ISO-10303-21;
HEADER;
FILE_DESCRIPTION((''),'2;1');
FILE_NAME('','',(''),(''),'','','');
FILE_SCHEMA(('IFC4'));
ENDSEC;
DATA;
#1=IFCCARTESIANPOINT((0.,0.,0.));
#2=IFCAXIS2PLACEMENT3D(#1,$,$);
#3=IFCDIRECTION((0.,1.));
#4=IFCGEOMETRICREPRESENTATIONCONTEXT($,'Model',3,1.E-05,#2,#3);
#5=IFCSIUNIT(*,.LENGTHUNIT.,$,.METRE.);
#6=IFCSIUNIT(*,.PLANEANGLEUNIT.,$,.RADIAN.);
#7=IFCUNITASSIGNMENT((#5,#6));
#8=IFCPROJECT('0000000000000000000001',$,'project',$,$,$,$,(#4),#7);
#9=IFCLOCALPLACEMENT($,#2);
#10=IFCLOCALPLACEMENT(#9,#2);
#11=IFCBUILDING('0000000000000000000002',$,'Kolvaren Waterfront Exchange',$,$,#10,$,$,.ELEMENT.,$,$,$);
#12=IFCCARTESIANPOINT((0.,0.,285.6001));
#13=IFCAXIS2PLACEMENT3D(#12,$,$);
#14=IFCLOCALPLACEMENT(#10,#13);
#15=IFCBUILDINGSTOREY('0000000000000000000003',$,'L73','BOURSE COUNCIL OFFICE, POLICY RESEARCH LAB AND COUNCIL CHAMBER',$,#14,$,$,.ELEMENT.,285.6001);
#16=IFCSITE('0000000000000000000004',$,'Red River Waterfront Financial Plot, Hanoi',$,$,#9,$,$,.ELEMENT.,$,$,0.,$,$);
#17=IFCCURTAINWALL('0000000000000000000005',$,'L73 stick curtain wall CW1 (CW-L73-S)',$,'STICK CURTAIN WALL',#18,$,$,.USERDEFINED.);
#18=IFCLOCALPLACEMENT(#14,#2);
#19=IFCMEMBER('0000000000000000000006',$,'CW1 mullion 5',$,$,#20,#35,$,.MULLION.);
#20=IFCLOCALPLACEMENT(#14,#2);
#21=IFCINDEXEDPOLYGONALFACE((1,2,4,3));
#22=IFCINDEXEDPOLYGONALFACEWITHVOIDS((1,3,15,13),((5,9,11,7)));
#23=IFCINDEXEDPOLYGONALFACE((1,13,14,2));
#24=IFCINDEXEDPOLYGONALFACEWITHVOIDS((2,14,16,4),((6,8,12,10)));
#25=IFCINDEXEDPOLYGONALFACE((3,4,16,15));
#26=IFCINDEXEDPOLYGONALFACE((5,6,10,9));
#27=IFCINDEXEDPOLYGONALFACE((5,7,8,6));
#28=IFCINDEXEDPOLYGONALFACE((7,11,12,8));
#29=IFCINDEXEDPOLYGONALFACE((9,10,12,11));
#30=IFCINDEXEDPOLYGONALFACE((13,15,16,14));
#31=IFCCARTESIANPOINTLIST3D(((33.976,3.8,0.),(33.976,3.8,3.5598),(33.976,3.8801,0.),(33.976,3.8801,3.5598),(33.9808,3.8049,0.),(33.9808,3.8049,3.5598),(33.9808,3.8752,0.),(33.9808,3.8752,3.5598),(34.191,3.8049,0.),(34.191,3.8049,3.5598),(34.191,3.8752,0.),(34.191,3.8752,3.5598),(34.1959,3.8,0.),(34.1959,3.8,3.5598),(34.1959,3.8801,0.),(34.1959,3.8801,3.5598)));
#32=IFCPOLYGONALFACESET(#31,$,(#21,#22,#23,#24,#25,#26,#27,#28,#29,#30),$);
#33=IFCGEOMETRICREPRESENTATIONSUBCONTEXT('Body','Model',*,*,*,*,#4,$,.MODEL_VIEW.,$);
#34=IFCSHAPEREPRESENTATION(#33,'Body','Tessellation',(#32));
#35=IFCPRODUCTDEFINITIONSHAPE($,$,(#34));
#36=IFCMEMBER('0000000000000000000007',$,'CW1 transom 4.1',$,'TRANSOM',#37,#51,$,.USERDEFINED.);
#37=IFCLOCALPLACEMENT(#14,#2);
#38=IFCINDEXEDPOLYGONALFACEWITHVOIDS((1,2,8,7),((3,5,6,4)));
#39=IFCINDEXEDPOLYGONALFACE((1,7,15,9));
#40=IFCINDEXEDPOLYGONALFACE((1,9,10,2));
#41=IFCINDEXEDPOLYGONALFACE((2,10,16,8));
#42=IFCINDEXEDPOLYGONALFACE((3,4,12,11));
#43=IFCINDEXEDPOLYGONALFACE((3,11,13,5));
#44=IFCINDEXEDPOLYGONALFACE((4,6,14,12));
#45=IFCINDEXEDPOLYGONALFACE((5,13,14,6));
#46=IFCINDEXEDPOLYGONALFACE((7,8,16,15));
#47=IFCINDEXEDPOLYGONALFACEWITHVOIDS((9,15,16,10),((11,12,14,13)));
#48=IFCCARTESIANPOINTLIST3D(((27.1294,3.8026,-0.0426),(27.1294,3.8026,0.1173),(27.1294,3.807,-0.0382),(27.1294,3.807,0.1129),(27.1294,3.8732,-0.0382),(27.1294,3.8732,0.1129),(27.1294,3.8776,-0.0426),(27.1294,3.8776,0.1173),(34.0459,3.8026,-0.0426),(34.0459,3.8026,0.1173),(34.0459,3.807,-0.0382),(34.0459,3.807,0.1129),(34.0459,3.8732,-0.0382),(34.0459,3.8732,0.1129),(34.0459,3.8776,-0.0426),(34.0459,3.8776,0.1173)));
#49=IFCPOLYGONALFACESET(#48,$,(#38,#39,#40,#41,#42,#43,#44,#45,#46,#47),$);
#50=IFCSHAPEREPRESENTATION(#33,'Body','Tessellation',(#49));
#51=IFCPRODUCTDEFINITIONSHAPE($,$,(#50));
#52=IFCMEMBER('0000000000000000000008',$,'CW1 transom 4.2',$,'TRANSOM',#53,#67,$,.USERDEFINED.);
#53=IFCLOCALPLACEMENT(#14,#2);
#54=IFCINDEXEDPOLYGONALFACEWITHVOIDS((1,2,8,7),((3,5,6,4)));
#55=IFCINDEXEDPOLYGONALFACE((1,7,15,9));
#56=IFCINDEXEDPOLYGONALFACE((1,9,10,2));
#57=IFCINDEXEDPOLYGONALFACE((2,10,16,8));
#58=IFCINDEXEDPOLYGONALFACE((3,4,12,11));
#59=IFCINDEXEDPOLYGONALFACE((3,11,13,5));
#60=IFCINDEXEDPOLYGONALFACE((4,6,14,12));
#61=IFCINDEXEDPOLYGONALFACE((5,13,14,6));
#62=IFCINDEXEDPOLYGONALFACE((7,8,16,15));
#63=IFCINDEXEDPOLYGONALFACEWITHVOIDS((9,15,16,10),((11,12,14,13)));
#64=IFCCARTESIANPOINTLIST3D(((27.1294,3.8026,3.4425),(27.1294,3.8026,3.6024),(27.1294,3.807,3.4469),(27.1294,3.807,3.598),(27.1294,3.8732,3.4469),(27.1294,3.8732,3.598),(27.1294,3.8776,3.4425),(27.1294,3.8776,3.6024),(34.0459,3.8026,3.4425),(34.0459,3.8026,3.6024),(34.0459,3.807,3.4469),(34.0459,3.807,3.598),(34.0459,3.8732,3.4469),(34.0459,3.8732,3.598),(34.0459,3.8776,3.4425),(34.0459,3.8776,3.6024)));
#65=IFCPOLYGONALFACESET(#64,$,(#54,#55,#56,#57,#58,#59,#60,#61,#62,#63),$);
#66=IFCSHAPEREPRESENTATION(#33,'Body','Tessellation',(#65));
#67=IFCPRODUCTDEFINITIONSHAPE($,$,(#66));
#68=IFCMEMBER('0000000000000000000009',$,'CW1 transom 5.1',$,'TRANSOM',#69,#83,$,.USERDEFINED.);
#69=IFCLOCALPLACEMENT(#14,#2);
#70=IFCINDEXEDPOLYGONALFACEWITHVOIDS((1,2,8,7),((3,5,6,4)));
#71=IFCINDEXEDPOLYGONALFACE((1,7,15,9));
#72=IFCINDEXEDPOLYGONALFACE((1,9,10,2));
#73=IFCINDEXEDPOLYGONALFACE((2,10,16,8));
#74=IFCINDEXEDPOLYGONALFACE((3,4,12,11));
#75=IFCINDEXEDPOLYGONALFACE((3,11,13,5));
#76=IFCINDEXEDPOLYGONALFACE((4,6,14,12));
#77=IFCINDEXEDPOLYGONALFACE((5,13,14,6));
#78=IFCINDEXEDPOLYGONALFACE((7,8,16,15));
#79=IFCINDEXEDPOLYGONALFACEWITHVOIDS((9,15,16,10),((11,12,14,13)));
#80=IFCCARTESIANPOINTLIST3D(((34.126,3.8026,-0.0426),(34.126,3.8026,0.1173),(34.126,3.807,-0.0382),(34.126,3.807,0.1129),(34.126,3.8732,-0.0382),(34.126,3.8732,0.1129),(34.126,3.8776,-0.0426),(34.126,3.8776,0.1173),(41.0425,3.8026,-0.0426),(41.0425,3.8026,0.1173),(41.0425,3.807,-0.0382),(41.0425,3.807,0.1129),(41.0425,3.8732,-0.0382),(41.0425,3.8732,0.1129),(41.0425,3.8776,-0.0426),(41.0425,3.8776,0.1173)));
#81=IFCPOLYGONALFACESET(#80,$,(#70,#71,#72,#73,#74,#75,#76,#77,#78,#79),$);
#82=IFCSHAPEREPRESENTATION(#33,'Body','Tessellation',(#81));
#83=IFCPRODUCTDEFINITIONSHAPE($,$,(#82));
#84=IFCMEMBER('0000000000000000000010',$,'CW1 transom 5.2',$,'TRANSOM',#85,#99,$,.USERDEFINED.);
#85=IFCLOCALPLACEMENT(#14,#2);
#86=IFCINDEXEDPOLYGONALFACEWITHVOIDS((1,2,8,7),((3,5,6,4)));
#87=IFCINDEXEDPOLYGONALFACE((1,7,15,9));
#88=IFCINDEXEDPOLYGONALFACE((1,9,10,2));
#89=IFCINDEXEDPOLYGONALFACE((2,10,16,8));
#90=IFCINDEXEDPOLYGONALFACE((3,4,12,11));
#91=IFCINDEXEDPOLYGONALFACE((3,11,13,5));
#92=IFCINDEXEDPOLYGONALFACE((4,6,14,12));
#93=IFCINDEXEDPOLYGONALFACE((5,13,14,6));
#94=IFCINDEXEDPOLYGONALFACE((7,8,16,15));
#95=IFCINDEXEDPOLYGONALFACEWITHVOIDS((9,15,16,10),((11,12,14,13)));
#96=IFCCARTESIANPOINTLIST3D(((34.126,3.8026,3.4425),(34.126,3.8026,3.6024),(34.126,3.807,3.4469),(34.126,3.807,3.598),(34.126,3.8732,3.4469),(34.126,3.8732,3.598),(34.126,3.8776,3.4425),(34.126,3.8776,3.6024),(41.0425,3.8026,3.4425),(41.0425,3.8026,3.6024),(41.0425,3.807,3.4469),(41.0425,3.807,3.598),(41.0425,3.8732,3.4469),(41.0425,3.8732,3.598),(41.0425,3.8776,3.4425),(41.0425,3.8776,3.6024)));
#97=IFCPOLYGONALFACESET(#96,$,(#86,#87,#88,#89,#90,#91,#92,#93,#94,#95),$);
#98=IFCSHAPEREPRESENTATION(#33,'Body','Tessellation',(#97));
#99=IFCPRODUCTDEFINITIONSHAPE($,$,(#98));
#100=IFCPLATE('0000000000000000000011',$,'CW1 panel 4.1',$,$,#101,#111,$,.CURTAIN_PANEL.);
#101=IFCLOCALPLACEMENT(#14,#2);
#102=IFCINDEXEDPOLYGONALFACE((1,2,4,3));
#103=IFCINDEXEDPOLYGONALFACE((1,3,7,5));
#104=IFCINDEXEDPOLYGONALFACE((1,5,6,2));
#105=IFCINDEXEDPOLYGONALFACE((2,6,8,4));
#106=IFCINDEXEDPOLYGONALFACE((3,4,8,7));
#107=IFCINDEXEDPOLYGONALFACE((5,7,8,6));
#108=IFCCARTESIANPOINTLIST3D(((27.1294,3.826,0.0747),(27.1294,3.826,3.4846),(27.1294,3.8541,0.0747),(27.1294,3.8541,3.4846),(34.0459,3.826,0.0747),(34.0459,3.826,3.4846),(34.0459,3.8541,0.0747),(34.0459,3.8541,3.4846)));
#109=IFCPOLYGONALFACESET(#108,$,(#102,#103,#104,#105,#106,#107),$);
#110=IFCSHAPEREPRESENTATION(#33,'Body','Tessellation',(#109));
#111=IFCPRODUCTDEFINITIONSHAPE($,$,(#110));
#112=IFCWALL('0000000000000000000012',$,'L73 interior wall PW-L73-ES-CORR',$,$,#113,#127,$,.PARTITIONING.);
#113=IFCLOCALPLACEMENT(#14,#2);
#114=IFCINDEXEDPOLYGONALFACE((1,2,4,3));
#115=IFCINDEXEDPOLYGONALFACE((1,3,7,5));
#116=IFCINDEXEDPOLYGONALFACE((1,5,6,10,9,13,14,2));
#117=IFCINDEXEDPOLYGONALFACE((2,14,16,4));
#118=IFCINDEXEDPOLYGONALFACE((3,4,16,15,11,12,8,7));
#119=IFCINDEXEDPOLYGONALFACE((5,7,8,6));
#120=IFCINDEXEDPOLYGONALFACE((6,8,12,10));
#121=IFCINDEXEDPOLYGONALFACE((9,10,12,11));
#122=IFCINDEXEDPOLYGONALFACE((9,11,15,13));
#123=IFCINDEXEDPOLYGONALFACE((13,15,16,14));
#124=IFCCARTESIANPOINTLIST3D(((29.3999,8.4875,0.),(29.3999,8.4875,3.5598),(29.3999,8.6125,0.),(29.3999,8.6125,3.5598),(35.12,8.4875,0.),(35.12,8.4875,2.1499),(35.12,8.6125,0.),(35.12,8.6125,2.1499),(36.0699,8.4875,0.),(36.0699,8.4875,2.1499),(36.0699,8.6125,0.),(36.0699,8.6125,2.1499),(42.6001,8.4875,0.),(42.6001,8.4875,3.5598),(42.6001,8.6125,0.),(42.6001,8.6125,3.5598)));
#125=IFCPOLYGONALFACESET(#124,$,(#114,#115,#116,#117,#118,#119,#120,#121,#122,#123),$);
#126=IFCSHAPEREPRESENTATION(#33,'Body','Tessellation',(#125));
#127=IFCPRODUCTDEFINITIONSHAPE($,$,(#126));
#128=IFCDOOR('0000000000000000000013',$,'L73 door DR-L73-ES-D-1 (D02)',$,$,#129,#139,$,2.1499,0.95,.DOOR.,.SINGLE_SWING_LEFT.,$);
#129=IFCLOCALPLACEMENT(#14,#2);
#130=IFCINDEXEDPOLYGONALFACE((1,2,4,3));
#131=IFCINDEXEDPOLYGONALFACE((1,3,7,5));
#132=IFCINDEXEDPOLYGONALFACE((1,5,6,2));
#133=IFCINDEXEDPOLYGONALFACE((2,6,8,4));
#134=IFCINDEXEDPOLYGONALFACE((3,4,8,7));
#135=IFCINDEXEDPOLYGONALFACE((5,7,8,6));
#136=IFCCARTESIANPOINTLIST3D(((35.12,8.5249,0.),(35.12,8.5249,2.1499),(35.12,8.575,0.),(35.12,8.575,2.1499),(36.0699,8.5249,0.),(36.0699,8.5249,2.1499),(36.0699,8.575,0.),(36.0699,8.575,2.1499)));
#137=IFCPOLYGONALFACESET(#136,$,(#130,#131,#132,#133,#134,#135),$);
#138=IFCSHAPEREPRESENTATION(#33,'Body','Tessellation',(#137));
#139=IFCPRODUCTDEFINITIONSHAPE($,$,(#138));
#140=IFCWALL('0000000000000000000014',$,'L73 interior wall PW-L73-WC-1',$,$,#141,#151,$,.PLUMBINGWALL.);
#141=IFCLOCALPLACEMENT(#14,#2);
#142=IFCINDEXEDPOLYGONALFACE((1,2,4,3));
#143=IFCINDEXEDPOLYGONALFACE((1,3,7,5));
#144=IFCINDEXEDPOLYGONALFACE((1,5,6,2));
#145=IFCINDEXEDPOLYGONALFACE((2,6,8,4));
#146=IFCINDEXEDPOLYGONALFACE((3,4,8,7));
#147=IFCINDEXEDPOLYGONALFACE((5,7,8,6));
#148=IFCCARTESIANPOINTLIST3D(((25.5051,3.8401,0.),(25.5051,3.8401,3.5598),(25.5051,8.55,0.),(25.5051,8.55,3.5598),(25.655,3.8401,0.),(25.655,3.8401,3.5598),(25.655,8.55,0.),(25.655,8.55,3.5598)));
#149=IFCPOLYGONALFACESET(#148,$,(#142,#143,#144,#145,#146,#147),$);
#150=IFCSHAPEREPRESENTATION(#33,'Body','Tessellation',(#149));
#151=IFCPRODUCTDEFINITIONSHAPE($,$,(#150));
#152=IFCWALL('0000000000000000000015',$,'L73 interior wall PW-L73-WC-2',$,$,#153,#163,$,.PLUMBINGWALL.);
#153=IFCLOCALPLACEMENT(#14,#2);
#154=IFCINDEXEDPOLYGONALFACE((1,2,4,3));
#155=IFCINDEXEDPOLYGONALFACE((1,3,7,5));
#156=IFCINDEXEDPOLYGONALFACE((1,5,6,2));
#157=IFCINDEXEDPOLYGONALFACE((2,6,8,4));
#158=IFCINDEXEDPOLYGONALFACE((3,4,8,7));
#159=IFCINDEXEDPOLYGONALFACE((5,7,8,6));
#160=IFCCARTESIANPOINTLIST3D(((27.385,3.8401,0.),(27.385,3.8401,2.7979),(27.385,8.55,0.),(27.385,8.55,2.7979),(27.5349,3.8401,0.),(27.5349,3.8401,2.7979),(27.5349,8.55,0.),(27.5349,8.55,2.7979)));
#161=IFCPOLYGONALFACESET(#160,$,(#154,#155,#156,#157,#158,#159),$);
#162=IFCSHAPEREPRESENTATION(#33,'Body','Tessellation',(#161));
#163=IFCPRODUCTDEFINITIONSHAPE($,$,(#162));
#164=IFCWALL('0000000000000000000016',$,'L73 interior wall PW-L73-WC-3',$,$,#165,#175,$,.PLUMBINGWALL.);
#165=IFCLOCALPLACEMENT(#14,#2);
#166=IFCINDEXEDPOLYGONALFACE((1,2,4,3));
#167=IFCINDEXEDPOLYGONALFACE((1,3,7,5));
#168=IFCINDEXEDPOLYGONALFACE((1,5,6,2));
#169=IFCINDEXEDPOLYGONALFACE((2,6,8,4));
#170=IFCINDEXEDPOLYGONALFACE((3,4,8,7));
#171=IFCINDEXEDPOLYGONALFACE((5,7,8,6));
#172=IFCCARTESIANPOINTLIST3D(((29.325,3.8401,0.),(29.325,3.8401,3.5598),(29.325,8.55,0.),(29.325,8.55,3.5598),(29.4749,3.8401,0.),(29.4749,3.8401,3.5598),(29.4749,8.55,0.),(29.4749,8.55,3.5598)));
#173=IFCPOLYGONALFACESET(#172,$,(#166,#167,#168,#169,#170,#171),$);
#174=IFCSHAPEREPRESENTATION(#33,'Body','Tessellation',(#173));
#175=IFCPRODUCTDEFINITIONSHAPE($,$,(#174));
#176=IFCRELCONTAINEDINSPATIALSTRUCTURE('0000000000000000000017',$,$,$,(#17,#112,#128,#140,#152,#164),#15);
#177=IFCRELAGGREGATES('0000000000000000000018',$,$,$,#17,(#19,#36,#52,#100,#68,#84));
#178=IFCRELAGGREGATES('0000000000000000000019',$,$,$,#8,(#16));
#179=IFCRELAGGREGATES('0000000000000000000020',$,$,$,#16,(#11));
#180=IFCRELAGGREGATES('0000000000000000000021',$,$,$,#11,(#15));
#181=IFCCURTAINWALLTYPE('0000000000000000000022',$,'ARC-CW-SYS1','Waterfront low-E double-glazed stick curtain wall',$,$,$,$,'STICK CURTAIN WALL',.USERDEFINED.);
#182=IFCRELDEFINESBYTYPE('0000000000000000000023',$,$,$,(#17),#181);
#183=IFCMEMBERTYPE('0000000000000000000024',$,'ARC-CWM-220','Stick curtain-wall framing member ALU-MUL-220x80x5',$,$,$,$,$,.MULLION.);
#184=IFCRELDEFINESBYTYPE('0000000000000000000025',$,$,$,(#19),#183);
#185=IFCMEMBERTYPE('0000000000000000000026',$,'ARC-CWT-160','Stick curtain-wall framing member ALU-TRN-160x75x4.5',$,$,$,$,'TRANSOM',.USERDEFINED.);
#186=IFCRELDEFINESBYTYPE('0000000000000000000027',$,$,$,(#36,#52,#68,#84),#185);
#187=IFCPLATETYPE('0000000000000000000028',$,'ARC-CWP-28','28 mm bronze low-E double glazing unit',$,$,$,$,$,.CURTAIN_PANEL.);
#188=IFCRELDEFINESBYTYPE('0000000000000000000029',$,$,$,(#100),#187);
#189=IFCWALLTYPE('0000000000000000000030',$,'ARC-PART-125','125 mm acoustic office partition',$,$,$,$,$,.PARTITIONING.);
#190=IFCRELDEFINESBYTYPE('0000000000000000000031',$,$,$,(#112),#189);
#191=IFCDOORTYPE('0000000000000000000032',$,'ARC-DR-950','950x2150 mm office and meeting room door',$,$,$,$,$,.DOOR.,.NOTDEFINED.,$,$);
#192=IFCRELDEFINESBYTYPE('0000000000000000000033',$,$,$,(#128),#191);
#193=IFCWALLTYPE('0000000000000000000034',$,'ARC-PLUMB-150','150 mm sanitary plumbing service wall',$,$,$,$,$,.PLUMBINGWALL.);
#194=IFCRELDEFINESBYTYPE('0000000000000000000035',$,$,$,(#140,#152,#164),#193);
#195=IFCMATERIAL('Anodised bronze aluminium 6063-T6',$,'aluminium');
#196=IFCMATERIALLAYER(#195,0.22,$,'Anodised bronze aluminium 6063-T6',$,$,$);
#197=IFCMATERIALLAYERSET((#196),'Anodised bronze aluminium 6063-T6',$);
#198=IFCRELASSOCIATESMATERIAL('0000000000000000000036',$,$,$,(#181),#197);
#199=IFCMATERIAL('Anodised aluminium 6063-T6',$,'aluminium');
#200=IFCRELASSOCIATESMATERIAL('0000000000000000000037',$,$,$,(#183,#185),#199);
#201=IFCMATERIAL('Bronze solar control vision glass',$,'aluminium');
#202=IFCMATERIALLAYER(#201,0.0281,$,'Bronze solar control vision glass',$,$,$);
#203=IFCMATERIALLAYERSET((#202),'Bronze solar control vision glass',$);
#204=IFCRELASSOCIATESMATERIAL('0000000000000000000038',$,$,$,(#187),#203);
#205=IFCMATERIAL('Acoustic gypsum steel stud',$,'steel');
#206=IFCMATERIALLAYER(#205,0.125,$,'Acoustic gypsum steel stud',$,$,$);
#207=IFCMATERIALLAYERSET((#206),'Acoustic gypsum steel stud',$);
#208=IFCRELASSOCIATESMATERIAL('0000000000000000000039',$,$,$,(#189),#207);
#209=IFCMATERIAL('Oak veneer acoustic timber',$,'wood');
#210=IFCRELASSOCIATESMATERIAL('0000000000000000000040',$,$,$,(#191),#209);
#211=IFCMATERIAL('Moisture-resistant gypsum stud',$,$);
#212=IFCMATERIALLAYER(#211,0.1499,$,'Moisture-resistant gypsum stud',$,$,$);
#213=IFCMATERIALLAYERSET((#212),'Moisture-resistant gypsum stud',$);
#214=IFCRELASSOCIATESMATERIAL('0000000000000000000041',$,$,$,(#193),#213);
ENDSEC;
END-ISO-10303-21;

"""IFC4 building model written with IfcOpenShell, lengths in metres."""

from ifc_helpers import new_model, si_unit, direction, frame, frame_2d, origin, origin_with_axes, origin_2d, place, context, subcontext, project, spatial, rectangle, hollow_rectangle, extrude, source, transform, mapped, material, layer, layer_set, material_profile, profile_set, type_object, element, fill, aggregate, save


model = new_model("IFC4")

# Units and contexts
model_context = context("Model", 3, precision=1e-05, world=origin(), true_north=direction((0.0, 1.0)))
body_context = subcontext(model_context, "Body", "Model", "MODEL_VIEW")
ifc_project = project(units=[si_unit("LENGTHUNIT", "METRE"), si_unit("PLANEANGLEUNIT", "RADIAN")], contexts=[model_context])

# Site, building, storey
site_placement = place(None, origin())
site = spatial("IfcSite", under=ifc_project, at=site_placement, Name="Red River Waterfront Financial Plot, Hanoi", CompositionType="ELEMENT", RefElevation=0.0)
building_placement = place(site_placement, origin())
building = spatial("IfcBuilding", under=site, at=building_placement, Name="Kolvaren Waterfront Exchange", CompositionType="ELEMENT")
storey_placement = place(building_placement, frame((0.0, 0.0, 285.6001)))
storey = spatial("IfcBuildingStorey", under=building, at=storey_placement, Name="L73", Description="BOURSE COUNCIL OFFICE, POLICY RESEARCH LAB AND COUNCIL CHAMBER", CompositionType="ELEMENT", Elevation=285.6001)

# Curtain wall, members, plate
ifc_material_1 = material(Name="Anodised bronze aluminium 6063-T6", Category="aluminium")
ifc_layer_1 = layer(ifc_material_1, 0.22, Name="Anodised bronze aluminium 6063-T6")
ifc_layer_set_1 = layer_set([ifc_layer_1], Name="Anodised bronze aluminium 6063-T6")
curtain_wall_type = type_object("IfcCurtainWallType", Name="ARC-CW-SYS1", Description="Waterfront low-E double-glazed stick curtain wall", ElementType="STICK CURTAIN WALL", PredefinedType="USERDEFINED", material=ifc_layer_set_1)
curtain_wall_placement = place(storey_placement, origin())
curtain_wall = element("IfcCurtainWall", 1, at=curtain_wall_placement, inside=storey, type_object=curtain_wall_type, Name="L73 stick curtain wall CW1 (CW-L73-S)", ObjectType="STICK CURTAIN WALL", PredefinedType="USERDEFINED")
ifc_material_2 = material(Name="Anodised aluminium 6063-T6", Category="aluminium")
ifc_material_profile_1 = material_profile(ifc_material_2, hollow_rectangle(XDim=0.0801, YDim=0.22, WallThickness=0.0049, at=origin_2d()), Name="ALU-MUL-220x80x5")
ifc_profile_set_1 = profile_set([ifc_material_profile_1], Name="Anodised aluminium 6063-T6")
member_type_1 = type_object("IfcMemberType", Name="ARC-CWM-220", Description="Stick curtain-wall framing member ALU-MUL-220x80x5", PredefinedType="MULLION", material=ifc_profile_set_1)
shared_shape_1 = source(origin_with_axes(), body_context, "Body", "SweptSolid", [
    extrude(hollow_rectangle(XDim=0.0801, YDim=0.22, WallThickness=0.0049, at=origin_2d()), origin(), (0.0, 0.0, 1.0), 3.5598),
])
member_1_placement = place(storey_placement, frame((34.0859, 3.8401, 0.0), z_axis=(0.0, 0.0, 1.0), x_axis=(0.0, 1.0, 0.0)))
member_1 = element("IfcMember", 2, at=member_1_placement, type_object=member_type_1, Name="CW1 mullion 5", PredefinedType="MULLION", context=body_context, shape_type="MappedRepresentation", body=[
    mapped(shared_shape_1, transform((0.0, 0.0, 0.0), x_axis=(1.0, 0.0, 0.0), y_axis=(0.0, 1.0, 0.0), z_axis=(0.0, 0.0, 1.0), scale=1.0)),
])
ifc_material_profile_2 = material_profile(ifc_material_2, hollow_rectangle(XDim=0.075, YDim=0.1599, WallThickness=0.0044, at=origin_2d()), Name="ALU-TRN-160x75x4.5")
ifc_profile_set_2 = profile_set([ifc_material_profile_2], Name="Anodised aluminium 6063-T6")
member_type_2 = type_object("IfcMemberType", Name="ARC-CWT-160", Description="Stick curtain-wall framing member ALU-TRN-160x75x4.5", ElementType="TRANSOM", PredefinedType="USERDEFINED", material=ifc_profile_set_2)
shared_shape_2 = source(origin_with_axes(), body_context, "Body", "SweptSolid", [
    extrude(hollow_rectangle(XDim=0.075, YDim=0.1599, WallThickness=0.0044, at=origin_2d()), origin(), (0.0, 0.0, 1.0), 6.9165),
])
member_2_placement = place(storey_placement, frame((27.1294, 3.8401, 0.0374), z_axis=(1.0, 0.0, 0.0), x_axis=(0.0, 1.0, 0.0)))
member_2 = element("IfcMember", 3, at=member_2_placement, type_object=member_type_2, Name="CW1 transom 4.1", ObjectType="TRANSOM", PredefinedType="USERDEFINED", context=body_context, shape_type="MappedRepresentation", body=[
    mapped(shared_shape_2, transform((0.0, 0.0, 0.0), x_axis=(1.0, 0.0, 0.0), y_axis=(0.0, 1.0, 0.0), z_axis=(0.0, 0.0, 1.0), scale=1.0)),
])
member_3_placement = place(storey_placement, frame((27.1294, 3.8401, 3.5225), z_axis=(1.0, 0.0, 0.0), x_axis=(0.0, 1.0, 0.0)))
member_3 = element("IfcMember", 4, at=member_3_placement, type_object=member_type_2, Name="CW1 transom 4.2", ObjectType="TRANSOM", PredefinedType="USERDEFINED", context=body_context, shape_type="MappedRepresentation", body=[
    mapped(shared_shape_2, transform((0.0, 0.0, 0.0), x_axis=(1.0, 0.0, 0.0), y_axis=(0.0, 1.0, 0.0), z_axis=(0.0, 0.0, 1.0), scale=1.0)),
])
member_4_placement = place(storey_placement, frame((34.126, 3.8401, 0.0374), z_axis=(1.0, 0.0, 0.0), x_axis=(0.0, 1.0, 0.0)))
member_4 = element("IfcMember", 5, at=member_4_placement, type_object=member_type_2, Name="CW1 transom 5.1", ObjectType="TRANSOM", PredefinedType="USERDEFINED", context=body_context, shape_type="MappedRepresentation", body=[
    mapped(shared_shape_2, transform((0.0, 0.0, 0.0), x_axis=(1.0, 0.0, 0.0), y_axis=(0.0, 1.0, 0.0), z_axis=(0.0, 0.0, 1.0), scale=1.0)),
])
member_5_placement = place(storey_placement, frame((34.126, 3.8401, 3.5225), z_axis=(1.0, 0.0, 0.0), x_axis=(0.0, 1.0, 0.0)))
member_5 = element("IfcMember", 6, at=member_5_placement, type_object=member_type_2, Name="CW1 transom 5.2", ObjectType="TRANSOM", PredefinedType="USERDEFINED", context=body_context, shape_type="MappedRepresentation", body=[
    mapped(shared_shape_2, transform((0.0, 0.0, 0.0), x_axis=(1.0, 0.0, 0.0), y_axis=(0.0, 1.0, 0.0), z_axis=(0.0, 0.0, 1.0), scale=1.0)),
])
ifc_material_3 = material(Name="Bronze solar control vision glass", Category="aluminium")
ifc_layer_2 = layer(ifc_material_3, 0.0281, Name="Bronze solar control vision glass")
ifc_layer_set_2 = layer_set([ifc_layer_2], Name="Bronze solar control vision glass")
plate_type = type_object("IfcPlateType", Name="ARC-CWP-28", Description="28 mm bronze low-E double glazing unit", PredefinedType="CURTAIN_PANEL", material=ifc_layer_set_2)
shared_shape_3 = source(origin_with_axes(), body_context, "Body", "SweptSolid", [
    extrude(rectangle(XDim=6.9165, YDim=0.0281, at=origin_2d()), origin(), (0.0, 0.0, 1.0), 3.4099),
])
plate_placement = place(storey_placement, frame((30.5876, 3.8401, 0.0747), z_axis=(0.0, 0.0, 1.0), x_axis=(1.0, 0.0, 0.0)))
plate = element("IfcPlate", 7, at=plate_placement, type_object=plate_type, Name="CW1 panel 4.1", PredefinedType="CURTAIN_PANEL", context=body_context, shape_type="MappedRepresentation", body=[
    mapped(shared_shape_3, transform((0.0, 0.0, 0.0), x_axis=(1.0, 0.0, 0.0), y_axis=(0.0, 1.0, 0.0), z_axis=(0.0, 0.0, 1.0), scale=1.0)),
])
aggregate(curtain_wall, [member_1, member_2, member_3, plate, member_4, member_5])

# Wall, opening, door
ifc_material_4 = material(Name="Acoustic gypsum steel stud", Category="steel")
ifc_layer_3 = layer(ifc_material_4, 0.125, Name="Acoustic gypsum steel stud")
ifc_layer_set_3 = layer_set([ifc_layer_3], Name="Acoustic gypsum steel stud")
wall_type_1 = type_object("IfcWallType", Name="ARC-PART-125", Description="125 mm acoustic office partition", PredefinedType="PARTITIONING", material=ifc_layer_set_3)
wall_1_placement = place(storey_placement, frame((29.3999, 8.55, 0.0), z_axis=(0.0, 0.0, 1.0), x_axis=(1.0, 0.0, 0.0)))
wall_1 = element("IfcWall", 8, at=wall_1_placement, inside=storey, type_object=wall_type_1, Name="L73 interior wall PW-L73-ES-CORR", PredefinedType="PARTITIONING", context=body_context, shape_type="SweptSolid", body=[
    extrude(rectangle(XDim=13.2002, YDim=0.125, at=frame_2d((6.6001, 0.0))), origin(), (0.0, 0.0, 1.0), 3.5598),
])
opening_1_placement = place(wall_1_placement, frame((5.72, 0.0, 0.0)))
opening_1 = element("IfcOpeningElement", 9, at=opening_1_placement, cuts=wall_1, PredefinedType="OPENING", context=body_context, shape_type="SweptSolid", body=[
    extrude(rectangle(XDim=0.95, YDim=2.1499, at=frame_2d((0.4751, 1.075))), frame((0.0, 0.0725, 0.0), z_axis=(0.0, -1.0, 0.0), x_axis=(1.0, 0.0, 0.0)), (0.0, 0.0, 1.0), 0.145),
])
ifc_material_5 = material(Name="Oak veneer acoustic timber", Category="wood")
door_type_1 = type_object("IfcDoorType", Name="ARC-DR-950", Description="950x2150 mm office and meeting room door", OperationType="NOTDEFINED", PredefinedType="DOOR", material=ifc_material_5)
door_1_placement = place(opening_1_placement, origin())
door_1 = element("IfcDoor", 10, at=door_1_placement, inside=storey, type_object=door_type_1, Name="L73 door DR-L73-ES-D-1 (D02)", OperationType="SINGLE_SWING_LEFT", OverallHeight=2.1499, OverallWidth=0.95, PredefinedType="DOOR", context=body_context, shape_type="SweptSolid", body=[
    extrude(rectangle(XDim=0.95, YDim=2.1499, at=frame_2d((0.4751, 1.075))), frame((0.0, 0.0249, 0.0), z_axis=(0.0, -1.0, 0.0), x_axis=(1.0, 0.0, 0.0)), (0.0, 0.0, 1.0), 0.05),
])
fill(opening_1, door_1)

# Shared definitions
ifc_material_6 = material(Name="Moisture-resistant gypsum stud")
ifc_layer_4 = layer(ifc_material_6, 0.1499, Name="Moisture-resistant gypsum stud")
ifc_layer_set_4 = layer_set([ifc_layer_4], Name="Moisture-resistant gypsum stud")
wall_type_2 = type_object("IfcWallType", Name="ARC-PLUMB-150", Description="150 mm sanitary plumbing service wall", PredefinedType="PLUMBINGWALL", material=ifc_layer_set_4)

# Walls
wall_2_placement = place(storey_placement, frame((25.5801, 3.8401, 0.0), z_axis=(0.0, 0.0, 1.0), x_axis=(0.0, 1.0, 0.0)))
element("IfcWall", 11, at=wall_2_placement, inside=storey, type_object=wall_type_2, Name="L73 interior wall PW-L73-WC-1", PredefinedType="PLUMBINGWALL", context=body_context, shape_type="SweptSolid", body=[
    extrude(rectangle(XDim=4.71, YDim=0.1499, at=frame_2d((2.355, 0.0))), origin(), (0.0, 0.0, 1.0), 3.5598),
])
wall_3_placement = place(storey_placement, frame((27.46, 3.8401, 0.0), z_axis=(0.0, 0.0, 1.0), x_axis=(0.0, 1.0, 0.0)))
element("IfcWall", 12, at=wall_3_placement, inside=storey, type_object=wall_type_2, Name="L73 interior wall PW-L73-WC-2", PredefinedType="PLUMBINGWALL", context=body_context, shape_type="SweptSolid", body=[
    extrude(rectangle(XDim=4.71, YDim=0.1499, at=frame_2d((2.355, 0.0))), origin(), (0.0, 0.0, 1.0), 2.7979),
])
wall_4_placement = place(storey_placement, frame((29.3999, 3.8401, 0.0), z_axis=(0.0, 0.0, 1.0), x_axis=(0.0, 1.0, 0.0)))
element("IfcWall", 13, at=wall_4_placement, inside=storey, type_object=wall_type_2, Name="L73 interior wall PW-L73-WC-3", PredefinedType="PLUMBINGWALL", context=body_context, shape_type="SweptSolid", body=[
    extrude(rectangle(XDim=4.71, YDim=0.1499, at=frame_2d((2.355, 0.0))), origin(), (0.0, 0.0, 1.0), 3.5598),
])

save(model, "model.ifc")
